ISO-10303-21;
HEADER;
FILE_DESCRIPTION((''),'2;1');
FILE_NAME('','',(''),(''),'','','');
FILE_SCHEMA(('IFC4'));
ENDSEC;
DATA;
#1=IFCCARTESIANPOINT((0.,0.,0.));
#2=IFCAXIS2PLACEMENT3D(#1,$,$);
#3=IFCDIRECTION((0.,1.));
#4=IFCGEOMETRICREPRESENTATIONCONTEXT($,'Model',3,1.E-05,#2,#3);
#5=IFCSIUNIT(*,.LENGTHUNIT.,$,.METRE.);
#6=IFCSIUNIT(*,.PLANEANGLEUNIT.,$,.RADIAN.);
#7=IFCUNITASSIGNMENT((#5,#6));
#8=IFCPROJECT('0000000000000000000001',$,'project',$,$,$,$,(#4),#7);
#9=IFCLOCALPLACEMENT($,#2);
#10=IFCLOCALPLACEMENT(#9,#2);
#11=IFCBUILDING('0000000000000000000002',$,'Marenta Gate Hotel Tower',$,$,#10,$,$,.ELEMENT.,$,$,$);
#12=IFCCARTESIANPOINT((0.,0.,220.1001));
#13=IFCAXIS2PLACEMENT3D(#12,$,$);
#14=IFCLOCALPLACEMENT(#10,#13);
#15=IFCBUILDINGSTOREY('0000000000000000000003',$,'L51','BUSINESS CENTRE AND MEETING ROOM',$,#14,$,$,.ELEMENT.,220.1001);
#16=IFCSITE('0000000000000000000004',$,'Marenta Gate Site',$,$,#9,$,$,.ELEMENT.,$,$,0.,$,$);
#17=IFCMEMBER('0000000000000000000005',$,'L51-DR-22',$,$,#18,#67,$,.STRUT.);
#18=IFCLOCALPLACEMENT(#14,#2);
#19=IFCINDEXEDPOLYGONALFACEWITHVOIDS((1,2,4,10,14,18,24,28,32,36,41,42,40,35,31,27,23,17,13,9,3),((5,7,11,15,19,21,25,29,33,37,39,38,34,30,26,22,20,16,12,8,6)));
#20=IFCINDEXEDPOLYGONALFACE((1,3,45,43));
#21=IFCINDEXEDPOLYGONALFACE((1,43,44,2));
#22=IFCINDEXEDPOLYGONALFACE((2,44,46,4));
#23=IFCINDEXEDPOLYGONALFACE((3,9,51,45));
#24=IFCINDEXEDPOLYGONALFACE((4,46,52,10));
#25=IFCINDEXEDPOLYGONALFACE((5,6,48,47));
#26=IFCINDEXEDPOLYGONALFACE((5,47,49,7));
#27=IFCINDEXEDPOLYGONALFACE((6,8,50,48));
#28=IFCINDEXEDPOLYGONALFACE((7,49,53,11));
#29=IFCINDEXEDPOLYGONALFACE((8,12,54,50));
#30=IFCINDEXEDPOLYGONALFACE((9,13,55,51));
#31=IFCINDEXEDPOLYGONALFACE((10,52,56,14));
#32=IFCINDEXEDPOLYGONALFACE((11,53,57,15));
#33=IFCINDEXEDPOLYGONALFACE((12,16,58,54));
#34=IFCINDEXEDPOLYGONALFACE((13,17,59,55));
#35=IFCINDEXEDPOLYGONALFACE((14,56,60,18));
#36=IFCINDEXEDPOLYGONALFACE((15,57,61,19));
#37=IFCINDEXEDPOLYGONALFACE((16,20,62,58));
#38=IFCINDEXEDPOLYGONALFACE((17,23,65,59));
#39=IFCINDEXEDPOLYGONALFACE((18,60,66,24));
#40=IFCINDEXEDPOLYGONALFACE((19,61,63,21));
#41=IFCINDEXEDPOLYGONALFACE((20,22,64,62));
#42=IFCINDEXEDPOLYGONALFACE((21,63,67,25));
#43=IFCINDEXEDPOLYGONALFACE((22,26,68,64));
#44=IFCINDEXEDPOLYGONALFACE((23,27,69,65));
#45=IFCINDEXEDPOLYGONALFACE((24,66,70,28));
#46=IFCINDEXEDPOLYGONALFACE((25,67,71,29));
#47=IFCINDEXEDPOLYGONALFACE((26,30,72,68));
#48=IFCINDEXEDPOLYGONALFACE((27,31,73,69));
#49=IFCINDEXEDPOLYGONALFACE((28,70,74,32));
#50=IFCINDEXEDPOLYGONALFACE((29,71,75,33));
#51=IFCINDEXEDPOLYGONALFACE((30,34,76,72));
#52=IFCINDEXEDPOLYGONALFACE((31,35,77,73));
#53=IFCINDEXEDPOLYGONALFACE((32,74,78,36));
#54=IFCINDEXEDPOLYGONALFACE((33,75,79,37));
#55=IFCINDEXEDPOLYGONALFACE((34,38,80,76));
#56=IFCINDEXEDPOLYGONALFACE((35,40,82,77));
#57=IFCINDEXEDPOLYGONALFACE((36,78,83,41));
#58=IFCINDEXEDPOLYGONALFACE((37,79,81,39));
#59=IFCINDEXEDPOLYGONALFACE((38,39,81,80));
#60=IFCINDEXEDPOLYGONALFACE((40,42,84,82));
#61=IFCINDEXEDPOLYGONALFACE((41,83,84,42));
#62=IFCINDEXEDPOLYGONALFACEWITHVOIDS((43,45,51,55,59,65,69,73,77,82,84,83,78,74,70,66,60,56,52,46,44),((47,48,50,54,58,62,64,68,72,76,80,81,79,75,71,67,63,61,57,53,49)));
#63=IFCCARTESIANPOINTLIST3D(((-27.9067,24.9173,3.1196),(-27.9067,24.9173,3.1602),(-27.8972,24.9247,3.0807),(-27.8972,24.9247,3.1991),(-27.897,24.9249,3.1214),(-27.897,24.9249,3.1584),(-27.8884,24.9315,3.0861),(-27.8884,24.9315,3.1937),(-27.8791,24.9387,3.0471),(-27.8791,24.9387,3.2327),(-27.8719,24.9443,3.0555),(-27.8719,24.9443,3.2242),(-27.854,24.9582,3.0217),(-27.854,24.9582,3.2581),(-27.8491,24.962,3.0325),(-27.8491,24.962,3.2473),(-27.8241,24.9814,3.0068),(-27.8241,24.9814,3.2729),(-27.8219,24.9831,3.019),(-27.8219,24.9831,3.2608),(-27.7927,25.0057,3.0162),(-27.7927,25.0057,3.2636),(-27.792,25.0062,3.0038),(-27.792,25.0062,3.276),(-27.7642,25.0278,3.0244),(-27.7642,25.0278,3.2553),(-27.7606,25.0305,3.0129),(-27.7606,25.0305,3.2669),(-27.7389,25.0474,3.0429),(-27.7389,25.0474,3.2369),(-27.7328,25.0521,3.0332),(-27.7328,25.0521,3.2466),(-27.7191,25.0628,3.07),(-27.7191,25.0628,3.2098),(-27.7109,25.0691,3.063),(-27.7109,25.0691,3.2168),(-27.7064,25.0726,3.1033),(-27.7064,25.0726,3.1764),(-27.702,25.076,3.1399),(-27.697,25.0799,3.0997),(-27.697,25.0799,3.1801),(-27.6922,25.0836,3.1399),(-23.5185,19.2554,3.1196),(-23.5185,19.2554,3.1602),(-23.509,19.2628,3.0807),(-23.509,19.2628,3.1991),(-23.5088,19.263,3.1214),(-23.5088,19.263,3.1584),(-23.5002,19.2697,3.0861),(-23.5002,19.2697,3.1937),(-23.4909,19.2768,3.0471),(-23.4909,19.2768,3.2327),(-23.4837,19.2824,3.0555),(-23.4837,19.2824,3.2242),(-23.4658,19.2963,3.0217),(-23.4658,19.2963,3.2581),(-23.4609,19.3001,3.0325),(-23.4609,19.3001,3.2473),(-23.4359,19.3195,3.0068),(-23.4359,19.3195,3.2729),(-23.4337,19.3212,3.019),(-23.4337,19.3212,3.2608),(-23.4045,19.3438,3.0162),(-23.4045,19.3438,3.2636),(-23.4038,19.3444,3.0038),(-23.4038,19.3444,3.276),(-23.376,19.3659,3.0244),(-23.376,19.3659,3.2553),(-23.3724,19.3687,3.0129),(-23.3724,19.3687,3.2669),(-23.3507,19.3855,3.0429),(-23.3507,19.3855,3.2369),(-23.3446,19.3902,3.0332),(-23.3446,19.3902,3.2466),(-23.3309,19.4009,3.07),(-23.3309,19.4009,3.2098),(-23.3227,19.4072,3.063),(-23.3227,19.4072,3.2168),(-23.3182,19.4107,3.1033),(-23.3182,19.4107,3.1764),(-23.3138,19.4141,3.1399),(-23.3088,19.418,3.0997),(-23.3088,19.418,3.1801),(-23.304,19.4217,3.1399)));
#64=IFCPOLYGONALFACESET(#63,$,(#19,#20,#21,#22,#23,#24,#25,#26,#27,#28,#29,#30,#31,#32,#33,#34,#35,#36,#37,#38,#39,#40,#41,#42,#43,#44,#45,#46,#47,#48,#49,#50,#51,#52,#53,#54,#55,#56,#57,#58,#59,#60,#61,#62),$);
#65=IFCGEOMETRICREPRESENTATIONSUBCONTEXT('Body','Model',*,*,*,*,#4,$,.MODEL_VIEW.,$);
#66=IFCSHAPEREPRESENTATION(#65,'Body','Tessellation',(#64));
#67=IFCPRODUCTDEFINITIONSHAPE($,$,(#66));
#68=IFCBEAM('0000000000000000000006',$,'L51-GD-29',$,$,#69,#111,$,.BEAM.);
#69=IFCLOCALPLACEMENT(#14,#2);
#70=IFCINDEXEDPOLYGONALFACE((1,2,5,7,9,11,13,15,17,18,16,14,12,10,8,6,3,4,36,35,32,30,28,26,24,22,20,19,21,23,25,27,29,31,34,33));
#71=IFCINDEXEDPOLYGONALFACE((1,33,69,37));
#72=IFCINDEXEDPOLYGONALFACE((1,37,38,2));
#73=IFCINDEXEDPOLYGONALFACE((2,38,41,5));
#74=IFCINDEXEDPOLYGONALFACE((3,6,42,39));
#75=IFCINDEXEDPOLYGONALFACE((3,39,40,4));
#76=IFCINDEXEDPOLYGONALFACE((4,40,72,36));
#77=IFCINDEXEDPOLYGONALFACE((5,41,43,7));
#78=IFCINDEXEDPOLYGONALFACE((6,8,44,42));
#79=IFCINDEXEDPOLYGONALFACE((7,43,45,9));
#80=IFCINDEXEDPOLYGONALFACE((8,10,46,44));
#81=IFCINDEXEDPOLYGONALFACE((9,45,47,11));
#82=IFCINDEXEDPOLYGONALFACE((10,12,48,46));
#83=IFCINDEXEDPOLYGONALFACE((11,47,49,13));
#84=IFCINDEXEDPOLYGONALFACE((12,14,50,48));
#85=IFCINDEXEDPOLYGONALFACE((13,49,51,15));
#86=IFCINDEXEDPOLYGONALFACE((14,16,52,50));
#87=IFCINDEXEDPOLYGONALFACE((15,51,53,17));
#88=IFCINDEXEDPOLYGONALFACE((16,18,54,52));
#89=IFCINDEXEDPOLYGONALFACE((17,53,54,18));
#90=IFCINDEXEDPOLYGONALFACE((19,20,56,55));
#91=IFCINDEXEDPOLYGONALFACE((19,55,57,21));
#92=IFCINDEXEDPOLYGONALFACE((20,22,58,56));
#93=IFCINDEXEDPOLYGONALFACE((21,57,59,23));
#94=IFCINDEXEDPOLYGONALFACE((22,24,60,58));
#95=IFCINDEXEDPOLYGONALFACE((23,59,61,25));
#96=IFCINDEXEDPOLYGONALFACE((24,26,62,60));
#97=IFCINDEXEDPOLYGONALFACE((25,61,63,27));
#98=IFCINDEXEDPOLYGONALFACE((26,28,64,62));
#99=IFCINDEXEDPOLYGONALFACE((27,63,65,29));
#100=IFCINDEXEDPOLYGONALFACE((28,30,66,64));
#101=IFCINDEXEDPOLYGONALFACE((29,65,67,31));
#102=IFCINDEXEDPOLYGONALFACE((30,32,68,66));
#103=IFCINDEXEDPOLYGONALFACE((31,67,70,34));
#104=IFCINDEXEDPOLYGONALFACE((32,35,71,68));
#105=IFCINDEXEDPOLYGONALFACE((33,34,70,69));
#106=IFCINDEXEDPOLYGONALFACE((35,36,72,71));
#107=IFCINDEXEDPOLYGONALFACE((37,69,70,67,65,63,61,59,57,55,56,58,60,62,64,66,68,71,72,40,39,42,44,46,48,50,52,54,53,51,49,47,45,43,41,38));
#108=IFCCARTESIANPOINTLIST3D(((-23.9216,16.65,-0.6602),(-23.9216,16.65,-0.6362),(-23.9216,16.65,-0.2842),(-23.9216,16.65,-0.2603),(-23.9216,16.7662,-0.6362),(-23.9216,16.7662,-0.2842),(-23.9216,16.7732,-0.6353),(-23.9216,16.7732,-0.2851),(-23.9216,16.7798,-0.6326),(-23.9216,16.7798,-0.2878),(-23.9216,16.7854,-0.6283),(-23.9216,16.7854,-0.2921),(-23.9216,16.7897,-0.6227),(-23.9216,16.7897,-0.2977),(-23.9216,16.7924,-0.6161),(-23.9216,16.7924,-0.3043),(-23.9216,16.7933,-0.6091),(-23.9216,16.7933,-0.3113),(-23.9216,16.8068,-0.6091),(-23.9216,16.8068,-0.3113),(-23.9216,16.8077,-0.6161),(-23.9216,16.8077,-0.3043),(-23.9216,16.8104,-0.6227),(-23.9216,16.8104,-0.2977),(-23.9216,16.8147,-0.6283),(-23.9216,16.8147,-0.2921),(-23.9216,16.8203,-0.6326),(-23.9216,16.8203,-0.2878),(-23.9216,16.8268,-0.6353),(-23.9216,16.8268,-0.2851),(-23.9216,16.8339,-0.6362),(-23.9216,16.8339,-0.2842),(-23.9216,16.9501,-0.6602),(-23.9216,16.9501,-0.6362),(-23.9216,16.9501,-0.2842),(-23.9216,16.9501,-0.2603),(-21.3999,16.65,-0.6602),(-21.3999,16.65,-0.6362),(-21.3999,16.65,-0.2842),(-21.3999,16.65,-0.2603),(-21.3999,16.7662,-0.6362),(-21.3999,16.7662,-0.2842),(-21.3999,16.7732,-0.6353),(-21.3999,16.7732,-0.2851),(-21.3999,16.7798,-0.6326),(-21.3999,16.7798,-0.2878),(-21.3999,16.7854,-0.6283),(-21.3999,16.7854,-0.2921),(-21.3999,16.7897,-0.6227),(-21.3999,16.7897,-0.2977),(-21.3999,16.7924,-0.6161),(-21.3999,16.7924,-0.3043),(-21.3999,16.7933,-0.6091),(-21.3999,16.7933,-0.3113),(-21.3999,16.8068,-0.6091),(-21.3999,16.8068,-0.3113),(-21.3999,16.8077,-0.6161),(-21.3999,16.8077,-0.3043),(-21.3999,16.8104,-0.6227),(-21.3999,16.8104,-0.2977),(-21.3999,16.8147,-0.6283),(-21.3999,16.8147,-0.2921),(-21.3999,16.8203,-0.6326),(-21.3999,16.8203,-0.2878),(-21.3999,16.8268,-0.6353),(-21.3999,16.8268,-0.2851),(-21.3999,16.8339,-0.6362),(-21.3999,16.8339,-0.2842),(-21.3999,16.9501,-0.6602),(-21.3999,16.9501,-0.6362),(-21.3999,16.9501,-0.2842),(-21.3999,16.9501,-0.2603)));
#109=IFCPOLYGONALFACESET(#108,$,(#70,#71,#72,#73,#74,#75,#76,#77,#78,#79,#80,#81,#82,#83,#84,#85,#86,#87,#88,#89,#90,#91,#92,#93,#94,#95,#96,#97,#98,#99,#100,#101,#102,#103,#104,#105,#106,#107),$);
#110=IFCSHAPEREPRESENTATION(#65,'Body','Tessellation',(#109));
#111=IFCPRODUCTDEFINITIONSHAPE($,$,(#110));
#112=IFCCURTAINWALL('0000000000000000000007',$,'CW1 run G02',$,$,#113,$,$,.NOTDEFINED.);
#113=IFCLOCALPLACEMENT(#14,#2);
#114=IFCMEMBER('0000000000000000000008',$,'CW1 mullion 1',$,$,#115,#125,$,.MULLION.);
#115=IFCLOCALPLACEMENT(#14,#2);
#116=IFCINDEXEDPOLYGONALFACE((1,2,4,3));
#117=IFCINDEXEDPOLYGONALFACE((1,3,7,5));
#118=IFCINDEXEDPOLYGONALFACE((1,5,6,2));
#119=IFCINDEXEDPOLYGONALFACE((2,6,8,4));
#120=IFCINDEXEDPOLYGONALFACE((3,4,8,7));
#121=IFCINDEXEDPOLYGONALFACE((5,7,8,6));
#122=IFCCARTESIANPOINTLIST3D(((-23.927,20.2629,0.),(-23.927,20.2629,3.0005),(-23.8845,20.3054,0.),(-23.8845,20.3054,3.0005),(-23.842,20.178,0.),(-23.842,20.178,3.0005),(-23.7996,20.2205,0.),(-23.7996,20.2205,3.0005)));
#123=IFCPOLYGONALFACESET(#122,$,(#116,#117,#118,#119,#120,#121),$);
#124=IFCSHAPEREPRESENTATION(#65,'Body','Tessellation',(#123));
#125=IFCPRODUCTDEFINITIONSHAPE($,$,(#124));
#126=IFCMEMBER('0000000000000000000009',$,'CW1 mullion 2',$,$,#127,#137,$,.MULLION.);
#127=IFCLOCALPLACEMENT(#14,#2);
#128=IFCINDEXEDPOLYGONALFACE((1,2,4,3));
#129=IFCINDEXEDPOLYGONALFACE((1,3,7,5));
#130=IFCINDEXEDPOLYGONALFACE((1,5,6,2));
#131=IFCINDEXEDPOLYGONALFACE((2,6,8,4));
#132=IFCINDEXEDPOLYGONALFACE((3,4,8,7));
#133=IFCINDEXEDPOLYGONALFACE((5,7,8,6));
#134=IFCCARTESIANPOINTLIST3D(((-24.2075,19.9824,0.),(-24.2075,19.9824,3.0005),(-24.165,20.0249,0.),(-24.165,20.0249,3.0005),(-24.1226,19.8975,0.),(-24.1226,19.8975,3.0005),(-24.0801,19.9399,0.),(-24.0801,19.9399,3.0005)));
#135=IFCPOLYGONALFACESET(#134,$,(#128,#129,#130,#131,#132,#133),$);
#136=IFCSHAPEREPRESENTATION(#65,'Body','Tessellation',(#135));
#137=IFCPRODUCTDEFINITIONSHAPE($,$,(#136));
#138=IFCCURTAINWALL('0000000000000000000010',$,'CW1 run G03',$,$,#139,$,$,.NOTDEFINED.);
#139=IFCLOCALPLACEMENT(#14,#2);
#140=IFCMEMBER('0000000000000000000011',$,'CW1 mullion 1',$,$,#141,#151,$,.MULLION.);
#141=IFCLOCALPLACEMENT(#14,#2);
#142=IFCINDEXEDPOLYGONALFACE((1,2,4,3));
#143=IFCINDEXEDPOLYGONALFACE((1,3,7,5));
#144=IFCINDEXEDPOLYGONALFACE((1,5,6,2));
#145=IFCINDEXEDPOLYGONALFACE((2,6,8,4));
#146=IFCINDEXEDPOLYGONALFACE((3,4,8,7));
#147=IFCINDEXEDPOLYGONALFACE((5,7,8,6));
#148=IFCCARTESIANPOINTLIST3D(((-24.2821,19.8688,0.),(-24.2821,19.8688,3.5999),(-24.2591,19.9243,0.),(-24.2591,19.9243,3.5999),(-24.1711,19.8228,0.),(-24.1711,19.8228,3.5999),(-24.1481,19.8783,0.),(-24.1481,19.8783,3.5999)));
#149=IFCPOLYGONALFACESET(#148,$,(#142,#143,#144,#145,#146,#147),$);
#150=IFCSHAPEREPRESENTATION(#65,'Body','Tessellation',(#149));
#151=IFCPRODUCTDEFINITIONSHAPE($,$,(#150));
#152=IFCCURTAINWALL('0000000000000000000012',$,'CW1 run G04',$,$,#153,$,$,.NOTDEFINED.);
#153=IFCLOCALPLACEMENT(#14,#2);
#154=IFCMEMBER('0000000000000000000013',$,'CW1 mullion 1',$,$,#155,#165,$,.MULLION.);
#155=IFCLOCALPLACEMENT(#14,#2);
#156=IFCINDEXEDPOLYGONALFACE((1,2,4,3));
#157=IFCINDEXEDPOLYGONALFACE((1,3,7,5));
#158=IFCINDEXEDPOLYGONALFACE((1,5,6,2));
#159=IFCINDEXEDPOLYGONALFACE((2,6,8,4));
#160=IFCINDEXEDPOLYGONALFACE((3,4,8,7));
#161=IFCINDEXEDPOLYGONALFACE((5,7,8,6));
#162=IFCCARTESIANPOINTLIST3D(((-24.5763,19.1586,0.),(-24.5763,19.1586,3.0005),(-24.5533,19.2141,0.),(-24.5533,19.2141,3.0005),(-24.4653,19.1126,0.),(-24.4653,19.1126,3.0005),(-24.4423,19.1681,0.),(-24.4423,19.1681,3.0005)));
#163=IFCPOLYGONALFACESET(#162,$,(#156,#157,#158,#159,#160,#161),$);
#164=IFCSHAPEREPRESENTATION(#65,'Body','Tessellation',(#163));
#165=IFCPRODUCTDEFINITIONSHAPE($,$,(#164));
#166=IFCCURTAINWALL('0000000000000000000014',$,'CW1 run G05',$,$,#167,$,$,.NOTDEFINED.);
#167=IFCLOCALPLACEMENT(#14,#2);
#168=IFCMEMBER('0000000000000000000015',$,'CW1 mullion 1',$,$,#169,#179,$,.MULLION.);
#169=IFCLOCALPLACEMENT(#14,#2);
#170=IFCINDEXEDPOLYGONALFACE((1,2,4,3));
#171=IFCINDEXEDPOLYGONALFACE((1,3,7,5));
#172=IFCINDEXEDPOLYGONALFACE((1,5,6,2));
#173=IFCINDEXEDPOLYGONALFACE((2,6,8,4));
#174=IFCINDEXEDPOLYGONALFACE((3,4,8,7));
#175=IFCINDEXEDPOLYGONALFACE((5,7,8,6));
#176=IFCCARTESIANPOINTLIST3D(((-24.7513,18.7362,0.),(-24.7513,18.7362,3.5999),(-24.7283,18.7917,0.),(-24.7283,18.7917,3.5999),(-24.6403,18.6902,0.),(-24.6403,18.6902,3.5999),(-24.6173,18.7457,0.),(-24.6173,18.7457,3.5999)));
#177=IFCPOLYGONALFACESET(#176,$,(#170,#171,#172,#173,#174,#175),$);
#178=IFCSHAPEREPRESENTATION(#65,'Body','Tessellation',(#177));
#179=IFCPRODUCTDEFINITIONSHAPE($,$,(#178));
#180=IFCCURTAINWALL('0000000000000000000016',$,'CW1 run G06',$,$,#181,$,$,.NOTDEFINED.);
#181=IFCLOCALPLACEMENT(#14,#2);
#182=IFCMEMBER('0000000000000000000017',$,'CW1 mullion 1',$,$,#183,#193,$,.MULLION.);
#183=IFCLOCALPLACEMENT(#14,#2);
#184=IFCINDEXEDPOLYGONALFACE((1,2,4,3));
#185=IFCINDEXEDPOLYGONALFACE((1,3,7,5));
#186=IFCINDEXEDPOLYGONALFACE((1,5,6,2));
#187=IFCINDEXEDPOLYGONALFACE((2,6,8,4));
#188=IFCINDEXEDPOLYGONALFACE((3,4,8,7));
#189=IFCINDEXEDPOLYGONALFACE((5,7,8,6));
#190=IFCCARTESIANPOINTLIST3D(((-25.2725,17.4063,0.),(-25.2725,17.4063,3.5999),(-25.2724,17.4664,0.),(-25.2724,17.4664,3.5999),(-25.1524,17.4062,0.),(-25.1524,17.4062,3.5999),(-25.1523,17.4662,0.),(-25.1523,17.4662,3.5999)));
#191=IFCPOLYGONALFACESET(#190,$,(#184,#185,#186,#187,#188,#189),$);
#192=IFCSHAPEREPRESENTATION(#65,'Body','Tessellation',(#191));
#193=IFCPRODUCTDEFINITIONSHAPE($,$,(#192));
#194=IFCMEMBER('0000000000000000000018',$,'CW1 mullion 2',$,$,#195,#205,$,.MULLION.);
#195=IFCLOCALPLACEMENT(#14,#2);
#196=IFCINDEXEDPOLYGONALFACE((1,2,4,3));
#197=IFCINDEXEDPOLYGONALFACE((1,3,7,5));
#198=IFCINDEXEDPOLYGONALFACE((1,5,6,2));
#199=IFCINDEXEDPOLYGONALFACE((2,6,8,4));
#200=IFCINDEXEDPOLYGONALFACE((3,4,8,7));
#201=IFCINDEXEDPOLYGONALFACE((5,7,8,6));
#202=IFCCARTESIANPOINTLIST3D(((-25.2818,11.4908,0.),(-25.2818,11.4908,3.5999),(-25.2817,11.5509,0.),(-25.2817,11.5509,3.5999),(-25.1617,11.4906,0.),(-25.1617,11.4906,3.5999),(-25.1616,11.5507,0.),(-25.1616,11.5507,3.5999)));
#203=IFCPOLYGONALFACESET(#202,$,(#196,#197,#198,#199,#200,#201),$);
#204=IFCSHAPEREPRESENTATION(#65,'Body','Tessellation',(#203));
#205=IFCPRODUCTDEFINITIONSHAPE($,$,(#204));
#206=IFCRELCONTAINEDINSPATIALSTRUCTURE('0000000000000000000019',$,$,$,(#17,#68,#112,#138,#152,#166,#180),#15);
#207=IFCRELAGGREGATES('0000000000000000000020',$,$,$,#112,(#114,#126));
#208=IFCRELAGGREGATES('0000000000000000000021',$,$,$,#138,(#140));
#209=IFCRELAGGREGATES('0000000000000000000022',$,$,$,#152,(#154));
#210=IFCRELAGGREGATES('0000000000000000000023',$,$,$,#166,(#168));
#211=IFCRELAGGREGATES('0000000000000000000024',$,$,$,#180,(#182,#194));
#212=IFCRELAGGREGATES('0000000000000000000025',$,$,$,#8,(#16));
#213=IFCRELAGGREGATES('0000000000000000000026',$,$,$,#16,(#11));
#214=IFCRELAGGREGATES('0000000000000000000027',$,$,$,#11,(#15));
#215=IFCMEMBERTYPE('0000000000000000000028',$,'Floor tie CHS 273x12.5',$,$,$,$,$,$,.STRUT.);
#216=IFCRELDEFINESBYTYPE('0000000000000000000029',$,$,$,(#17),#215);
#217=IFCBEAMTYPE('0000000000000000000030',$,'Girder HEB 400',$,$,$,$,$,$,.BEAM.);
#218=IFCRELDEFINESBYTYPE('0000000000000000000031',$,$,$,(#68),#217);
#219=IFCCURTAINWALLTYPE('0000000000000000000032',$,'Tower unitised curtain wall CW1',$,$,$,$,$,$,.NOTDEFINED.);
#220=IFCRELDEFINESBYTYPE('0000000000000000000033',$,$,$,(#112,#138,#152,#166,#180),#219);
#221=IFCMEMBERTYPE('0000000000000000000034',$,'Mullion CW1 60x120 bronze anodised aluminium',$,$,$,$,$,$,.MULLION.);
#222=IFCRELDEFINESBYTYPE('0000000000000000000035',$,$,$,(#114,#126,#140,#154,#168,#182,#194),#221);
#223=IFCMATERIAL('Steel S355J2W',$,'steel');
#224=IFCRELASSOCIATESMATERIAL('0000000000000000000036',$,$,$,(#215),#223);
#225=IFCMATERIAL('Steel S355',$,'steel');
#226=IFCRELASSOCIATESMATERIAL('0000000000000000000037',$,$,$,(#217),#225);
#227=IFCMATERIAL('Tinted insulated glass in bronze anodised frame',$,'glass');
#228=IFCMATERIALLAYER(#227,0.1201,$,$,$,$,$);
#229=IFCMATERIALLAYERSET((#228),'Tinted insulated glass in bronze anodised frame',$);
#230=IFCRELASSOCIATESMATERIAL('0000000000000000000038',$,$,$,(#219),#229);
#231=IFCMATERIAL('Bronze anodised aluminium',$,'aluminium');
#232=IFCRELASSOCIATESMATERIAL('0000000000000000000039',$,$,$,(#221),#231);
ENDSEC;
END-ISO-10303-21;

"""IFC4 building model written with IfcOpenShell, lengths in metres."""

from ifc_helpers import new_model, si_unit, direction, frame, origin, origin_2d, place, context, subcontext, project, spatial, rectangle, hollow_circle, i_section, extrude, material, layer, layer_set, material_profile, profile_set, type_object, element, aggregate, save


model = new_model("IFC4")

# Units and contexts
model_context = context("Model", 3, precision=1e-05, world=origin(), true_north=direction((0.0, 1.0)))
body_context = subcontext(model_context, "Body", "Model", "MODEL_VIEW")
ifc_project = project(units=[si_unit("LENGTHUNIT", "METRE"), si_unit("PLANEANGLEUNIT", "RADIAN")], contexts=[model_context])

# Site, building, storey
site_placement = place(None, origin())
site = spatial("IfcSite", under=ifc_project, at=site_placement, Name="Marenta Gate Site", CompositionType="ELEMENT", RefElevation=0.0)
building_placement = place(site_placement, origin())
building = spatial("IfcBuilding", under=site, at=building_placement, Name="Marenta Gate Hotel Tower", CompositionType="ELEMENT")
storey_placement = place(building_placement, frame((0.0, 0.0, 220.1001)))
storey = spatial("IfcBuildingStorey", under=building, at=storey_placement, Name="L51", Description="BUSINESS CENTRE AND MEETING ROOM", CompositionType="ELEMENT", Elevation=220.1001)

# Member
ifc_material_1 = material(Name="Steel S355J2W", Category="steel")
ifc_material_profile_1 = material_profile(ifc_material_1, hollow_circle(Radius=0.1365, WallThickness=0.0125, at=origin_2d()), Name="CHS 273x12.5")
ifc_profile_set_1 = profile_set([ifc_material_profile_1], Name="Steel S355J2W")
member_type_1 = type_object("IfcMemberType", Name="Floor tie CHS 273x12.5", PredefinedType="STRUT", material=ifc_profile_set_1)
member_1_placement = place(storey_placement, frame((-27.8, 25.0, 3.1399), z_axis=(0.612592, -0.790399, 0.0), x_axis=(0.790399, 0.612592, 0.0)))
element("IfcMember", 1, at=member_1_placement, inside=storey, type_object=member_type_1, Name="L51-DR-22", PredefinedType="STRUT", context=body_context, shape_type="SweptSolid", body=[
    extrude(hollow_circle(Radius=0.1365, WallThickness=0.0125, at=origin_2d()), origin(), (0.0, 0.0, 1.0), 7.1633),
])

# Beam
ifc_material_2 = material(Name="Steel S355", Category="steel")
ifc_material_profile_2 = material_profile(ifc_material_2, i_section(OverallWidth=0.3, OverallDepth=0.3999, WebThickness=0.0134, FlangeThickness=0.0239, FilletRadius=0.0271, at=origin_2d()), Name="HEB 400")
ifc_profile_set_2 = profile_set([ifc_material_profile_2], Name="Steel S355")
beam_type_1 = type_object("IfcBeamType", Name="Girder HEB 400", PredefinedType="BEAM", material=ifc_profile_set_2)
beam_1_placement = place(storey_placement, frame((-23.9216, 16.8, -0.4602), z_axis=(1.0, 0.0, 0.0), x_axis=(0.0, 1.0, 0.0)))
element("IfcBeam", 2, at=beam_1_placement, inside=storey, type_object=beam_type_1, Name="L51-GD-29", PredefinedType="BEAM", context=body_context, shape_type="SweptSolid", body=[
    extrude(i_section(OverallWidth=0.3, OverallDepth=0.3999, WebThickness=0.0134, FlangeThickness=0.0239, FilletRadius=0.0271, at=origin_2d()), origin(), (0.0, 0.0, 1.0), 2.5217),
])

# Curtain wall, members
ifc_material_3 = material(Name="Tinted insulated glass in bronze anodised frame", Category="glass")
ifc_layer_1 = layer(ifc_material_3, 0.1201)
ifc_layer_set_1 = layer_set([ifc_layer_1], Name="Tinted insulated glass in bronze anodised frame")
curtain_wall_type = type_object("IfcCurtainWallType", Name="Tower unitised curtain wall CW1", PredefinedType="NOTDEFINED", material=ifc_layer_set_1)
curtain_wall_1_placement = place(storey_placement, origin())
curtain_wall_1 = element("IfcCurtainWall", 3, at=curtain_wall_1_placement, inside=storey, type_object=curtain_wall_type, Name="CW1 run G02", PredefinedType="NOTDEFINED")
ifc_material_4 = material(Name="Bronze anodised aluminium", Category="aluminium")
ifc_material_profile_3 = material_profile(ifc_material_4, rectangle(XDim=0.1201, YDim=0.0601, at=origin_2d()), Name="Mullion CW1 60x120 bronze anodised aluminium")
ifc_profile_set_3 = profile_set([ifc_material_profile_3], Name="Bronze anodised aluminium")
member_type_2 = type_object("IfcMemberType", Name="Mullion CW1 60x120 bronze anodised aluminium", PredefinedType="MULLION", material=ifc_profile_set_3)
member_2_placement = place(storey_placement, frame((-23.8633, 20.2417, 0.0), z_axis=(0.0, 0.0, 1.0), x_axis=(0.707107, -0.707107, 0.0)))
member_2 = element("IfcMember", 4, at=member_2_placement, type_object=member_type_2, Name="CW1 mullion 1", PredefinedType="MULLION", context=body_context, shape_type="SweptSolid", body=[
    extrude(rectangle(XDim=0.1201, YDim=0.0601, at=origin_2d()), origin(), (0.0, 0.0, 1.0), 3.0005),
])
member_3_placement = place(storey_placement, frame((-24.1438, 19.9612, 0.0), z_axis=(0.0, 0.0, 1.0), x_axis=(0.707107, -0.707107, 0.0)))
member_3 = element("IfcMember", 5, at=member_3_placement, type_object=member_type_2, Name="CW1 mullion 2", PredefinedType="MULLION", context=body_context, shape_type="SweptSolid", body=[
    extrude(rectangle(XDim=0.1201, YDim=0.0601, at=origin_2d()), origin(), (0.0, 0.0, 1.0), 3.0005),
])

# Curtain walls, members
curtain_wall_2_placement = place(storey_placement, origin())
curtain_wall_2 = element("IfcCurtainWall", 6, at=curtain_wall_2_placement, inside=storey, type_object=curtain_wall_type, Name="CW1 run G03", PredefinedType="NOTDEFINED")
member_4_placement = place(storey_placement, frame((-24.2151, 19.8735, 0.0), z_axis=(0.0, 0.0, 1.0), x_axis=(0.923868, -0.382712, 0.0)))
member_4 = element("IfcMember", 7, at=member_4_placement, type_object=member_type_2, Name="CW1 mullion 1", PredefinedType="MULLION", context=body_context, shape_type="SweptSolid", body=[
    extrude(rectangle(XDim=0.1201, YDim=0.0601, at=origin_2d()), origin(), (0.0, 0.0, 1.0), 3.5999),
])
curtain_wall_3_placement = place(storey_placement, origin())
curtain_wall_3 = element("IfcCurtainWall", 8, at=curtain_wall_3_placement, inside=storey, type_object=curtain_wall_type, Name="CW1 run G04", PredefinedType="NOTDEFINED")
member_5_placement = place(storey_placement, frame((-24.5093, 19.1633, 0.0), z_axis=(0.0, 0.0, 1.0), x_axis=(0.923897, -0.382642, 0.0)))
member_5 = element("IfcMember", 9, at=member_5_placement, type_object=member_type_2, Name="CW1 mullion 1", PredefinedType="MULLION", context=body_context, shape_type="SweptSolid", body=[
    extrude(rectangle(XDim=0.1201, YDim=0.0601, at=origin_2d()), origin(), (0.0, 0.0, 1.0), 3.0005),
])
curtain_wall_4_placement = place(storey_placement, origin())
curtain_wall_4 = element("IfcCurtainWall", 10, at=curtain_wall_4_placement, inside=storey, type_object=curtain_wall_type, Name="CW1 run G05", PredefinedType="NOTDEFINED")
member_6_placement = place(storey_placement, frame((-24.6843, 18.741, 0.0), z_axis=(0.0, 0.0, 1.0), x_axis=(0.923893, -0.38265, 0.0)))
member_6 = element("IfcMember", 11, at=member_6_placement, type_object=member_type_2, Name="CW1 mullion 1", PredefinedType="MULLION", context=body_context, shape_type="SweptSolid", body=[
    extrude(rectangle(XDim=0.1201, YDim=0.0601, at=origin_2d()), origin(), (0.0, 0.0, 1.0), 3.5999),
])

# Curtain wall, members
curtain_wall_5_placement = place(storey_placement, origin())
curtain_wall_5 = element("IfcCurtainWall", 12, at=curtain_wall_5_placement, inside=storey, type_object=curtain_wall_type, Name="CW1 run G06", PredefinedType="NOTDEFINED")
member_7_placement = place(storey_placement, frame((-25.2124, 17.4363, 0.0), z_axis=(0.0, 0.0, 1.0), x_axis=(0.999999, -0.00157, 0.0)))
member_7 = element("IfcMember", 13, at=member_7_placement, type_object=member_type_2, Name="CW1 mullion 1", PredefinedType="MULLION", context=body_context, shape_type="SweptSolid", body=[
    extrude(rectangle(XDim=0.1201, YDim=0.0601, at=origin_2d()), origin(), (0.0, 0.0, 1.0), 3.5999),
])
member_8_placement = place(storey_placement, frame((-25.2217, 11.5208, 0.0), z_axis=(0.0, 0.0, 1.0), x_axis=(0.999999, -0.00157, 0.0)))
member_8 = element("IfcMember", 14, at=member_8_placement, type_object=member_type_2, Name="CW1 mullion 2", PredefinedType="MULLION", context=body_context, shape_type="SweptSolid", body=[
    extrude(rectangle(XDim=0.1201, YDim=0.0601, at=origin_2d()), origin(), (0.0, 0.0, 1.0), 3.5999),
])

aggregate(curtain_wall_1, [member_2, member_3])
aggregate(curtain_wall_2, [member_4])
aggregate(curtain_wall_3, [member_5])
aggregate(curtain_wall_4, [member_6])
aggregate(curtain_wall_5, [member_7, member_8])

save(model, "model.ifc")
